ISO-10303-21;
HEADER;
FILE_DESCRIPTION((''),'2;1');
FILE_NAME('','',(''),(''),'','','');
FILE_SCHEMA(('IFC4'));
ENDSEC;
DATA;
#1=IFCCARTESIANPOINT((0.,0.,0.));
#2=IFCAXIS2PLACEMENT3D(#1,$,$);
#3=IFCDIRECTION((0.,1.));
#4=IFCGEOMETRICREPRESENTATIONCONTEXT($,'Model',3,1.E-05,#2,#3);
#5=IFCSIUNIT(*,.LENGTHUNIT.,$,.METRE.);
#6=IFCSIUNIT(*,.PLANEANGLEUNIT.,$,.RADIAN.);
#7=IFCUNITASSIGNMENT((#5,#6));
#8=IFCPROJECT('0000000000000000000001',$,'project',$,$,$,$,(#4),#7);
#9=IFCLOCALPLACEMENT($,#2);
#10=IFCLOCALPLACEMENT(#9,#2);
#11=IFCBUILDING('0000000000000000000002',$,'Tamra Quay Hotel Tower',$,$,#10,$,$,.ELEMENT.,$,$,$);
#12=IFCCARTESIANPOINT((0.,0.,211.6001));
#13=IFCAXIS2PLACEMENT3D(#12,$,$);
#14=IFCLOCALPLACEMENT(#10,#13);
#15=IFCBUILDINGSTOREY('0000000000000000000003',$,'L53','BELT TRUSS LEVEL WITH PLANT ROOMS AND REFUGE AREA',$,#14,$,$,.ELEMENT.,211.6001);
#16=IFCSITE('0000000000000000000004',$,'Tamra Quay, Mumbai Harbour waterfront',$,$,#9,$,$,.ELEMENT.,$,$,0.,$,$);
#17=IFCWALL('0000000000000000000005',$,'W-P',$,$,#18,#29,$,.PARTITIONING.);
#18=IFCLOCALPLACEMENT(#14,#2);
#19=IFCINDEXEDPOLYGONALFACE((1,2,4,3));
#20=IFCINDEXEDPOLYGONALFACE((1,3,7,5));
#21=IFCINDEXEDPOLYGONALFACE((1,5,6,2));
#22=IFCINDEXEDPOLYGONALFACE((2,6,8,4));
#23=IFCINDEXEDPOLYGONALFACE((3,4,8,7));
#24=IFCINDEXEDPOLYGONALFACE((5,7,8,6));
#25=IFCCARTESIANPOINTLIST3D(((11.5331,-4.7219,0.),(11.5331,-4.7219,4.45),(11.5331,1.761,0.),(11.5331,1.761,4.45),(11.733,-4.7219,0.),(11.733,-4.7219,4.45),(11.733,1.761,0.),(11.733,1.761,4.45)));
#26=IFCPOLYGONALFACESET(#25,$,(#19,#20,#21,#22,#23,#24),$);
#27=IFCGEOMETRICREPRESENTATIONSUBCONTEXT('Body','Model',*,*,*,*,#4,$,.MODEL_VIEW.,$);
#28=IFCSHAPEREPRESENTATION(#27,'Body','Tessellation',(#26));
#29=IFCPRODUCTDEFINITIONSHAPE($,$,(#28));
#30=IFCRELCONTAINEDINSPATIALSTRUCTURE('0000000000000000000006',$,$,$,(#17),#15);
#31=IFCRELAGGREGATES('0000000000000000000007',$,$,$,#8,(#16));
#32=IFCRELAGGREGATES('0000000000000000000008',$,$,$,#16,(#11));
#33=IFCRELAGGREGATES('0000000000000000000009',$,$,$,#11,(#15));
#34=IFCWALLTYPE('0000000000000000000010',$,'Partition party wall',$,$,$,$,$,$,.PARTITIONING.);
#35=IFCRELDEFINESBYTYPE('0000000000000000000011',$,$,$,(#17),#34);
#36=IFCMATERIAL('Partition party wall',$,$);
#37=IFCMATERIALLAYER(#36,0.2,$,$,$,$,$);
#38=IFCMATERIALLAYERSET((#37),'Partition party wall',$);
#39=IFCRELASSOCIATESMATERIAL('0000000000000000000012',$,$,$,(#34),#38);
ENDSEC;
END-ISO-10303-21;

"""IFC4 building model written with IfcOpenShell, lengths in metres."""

from ifc_helpers import new_model, si_unit, direction, frame, frame_2d, origin, place, context, subcontext, project, spatial, rectangle, extrude, material, layer, layer_set, type_object, element, save


model = new_model("IFC4")

# Units and contexts
model_context = context("Model", 3, precision=1e-05, world=origin(), true_north=direction((0.0, 1.0)))
body_context = subcontext(model_context, "Body", "Model", "MODEL_VIEW")
ifc_project = project(units=[si_unit("LENGTHUNIT", "METRE"), si_unit("PLANEANGLEUNIT", "RADIAN")], contexts=[model_context])

# Site, building, storey
site_placement = place(None, origin())
site = spatial("IfcSite", under=ifc_project, at=site_placement, Name="Tamra Quay, Mumbai Harbour waterfront", CompositionType="ELEMENT", RefElevation=0.0)
building_placement = place(site_placement, origin())
building = spatial("IfcBuilding", under=site, at=building_placement, Name="Tamra Quay Hotel Tower", CompositionType="ELEMENT")
storey_placement = place(building_placement, frame((0.0, 0.0, 211.6001)))
storey = spatial("IfcBuildingStorey", under=building, at=storey_placement, Name="L53", Description="BELT TRUSS LEVEL WITH PLANT ROOMS AND REFUGE AREA", CompositionType="ELEMENT", Elevation=211.6001)

# Wall
ifc_material_1 = material(Name="Partition party wall")
ifc_layer_1 = layer(ifc_material_1, 0.2)
ifc_layer_set_1 = layer_set([ifc_layer_1], Name="Partition party wall")
wall_type_1 = type_object("IfcWallType", Name="Partition party wall", PredefinedType="PARTITIONING", material=ifc_layer_set_1)
wall_1_placement = place(storey_placement, frame((11.6331, -4.7219, 0.0), z_axis=(0.0, 0.0, 1.0), x_axis=(0.0, 1.0, 0.0)))
element("IfcWall", 1, at=wall_1_placement, inside=storey, type_object=wall_type_1, Name="W-P", PredefinedType="PARTITIONING", context=body_context, shape_type="SweptSolid", body=[
    extrude(rectangle(XDim=6.4829, YDim=0.2, at=frame_2d((3.2415, 0.0))), origin(), (0.0, 0.0, 1.0), 4.45),
])

save(model, "model.ifc")
